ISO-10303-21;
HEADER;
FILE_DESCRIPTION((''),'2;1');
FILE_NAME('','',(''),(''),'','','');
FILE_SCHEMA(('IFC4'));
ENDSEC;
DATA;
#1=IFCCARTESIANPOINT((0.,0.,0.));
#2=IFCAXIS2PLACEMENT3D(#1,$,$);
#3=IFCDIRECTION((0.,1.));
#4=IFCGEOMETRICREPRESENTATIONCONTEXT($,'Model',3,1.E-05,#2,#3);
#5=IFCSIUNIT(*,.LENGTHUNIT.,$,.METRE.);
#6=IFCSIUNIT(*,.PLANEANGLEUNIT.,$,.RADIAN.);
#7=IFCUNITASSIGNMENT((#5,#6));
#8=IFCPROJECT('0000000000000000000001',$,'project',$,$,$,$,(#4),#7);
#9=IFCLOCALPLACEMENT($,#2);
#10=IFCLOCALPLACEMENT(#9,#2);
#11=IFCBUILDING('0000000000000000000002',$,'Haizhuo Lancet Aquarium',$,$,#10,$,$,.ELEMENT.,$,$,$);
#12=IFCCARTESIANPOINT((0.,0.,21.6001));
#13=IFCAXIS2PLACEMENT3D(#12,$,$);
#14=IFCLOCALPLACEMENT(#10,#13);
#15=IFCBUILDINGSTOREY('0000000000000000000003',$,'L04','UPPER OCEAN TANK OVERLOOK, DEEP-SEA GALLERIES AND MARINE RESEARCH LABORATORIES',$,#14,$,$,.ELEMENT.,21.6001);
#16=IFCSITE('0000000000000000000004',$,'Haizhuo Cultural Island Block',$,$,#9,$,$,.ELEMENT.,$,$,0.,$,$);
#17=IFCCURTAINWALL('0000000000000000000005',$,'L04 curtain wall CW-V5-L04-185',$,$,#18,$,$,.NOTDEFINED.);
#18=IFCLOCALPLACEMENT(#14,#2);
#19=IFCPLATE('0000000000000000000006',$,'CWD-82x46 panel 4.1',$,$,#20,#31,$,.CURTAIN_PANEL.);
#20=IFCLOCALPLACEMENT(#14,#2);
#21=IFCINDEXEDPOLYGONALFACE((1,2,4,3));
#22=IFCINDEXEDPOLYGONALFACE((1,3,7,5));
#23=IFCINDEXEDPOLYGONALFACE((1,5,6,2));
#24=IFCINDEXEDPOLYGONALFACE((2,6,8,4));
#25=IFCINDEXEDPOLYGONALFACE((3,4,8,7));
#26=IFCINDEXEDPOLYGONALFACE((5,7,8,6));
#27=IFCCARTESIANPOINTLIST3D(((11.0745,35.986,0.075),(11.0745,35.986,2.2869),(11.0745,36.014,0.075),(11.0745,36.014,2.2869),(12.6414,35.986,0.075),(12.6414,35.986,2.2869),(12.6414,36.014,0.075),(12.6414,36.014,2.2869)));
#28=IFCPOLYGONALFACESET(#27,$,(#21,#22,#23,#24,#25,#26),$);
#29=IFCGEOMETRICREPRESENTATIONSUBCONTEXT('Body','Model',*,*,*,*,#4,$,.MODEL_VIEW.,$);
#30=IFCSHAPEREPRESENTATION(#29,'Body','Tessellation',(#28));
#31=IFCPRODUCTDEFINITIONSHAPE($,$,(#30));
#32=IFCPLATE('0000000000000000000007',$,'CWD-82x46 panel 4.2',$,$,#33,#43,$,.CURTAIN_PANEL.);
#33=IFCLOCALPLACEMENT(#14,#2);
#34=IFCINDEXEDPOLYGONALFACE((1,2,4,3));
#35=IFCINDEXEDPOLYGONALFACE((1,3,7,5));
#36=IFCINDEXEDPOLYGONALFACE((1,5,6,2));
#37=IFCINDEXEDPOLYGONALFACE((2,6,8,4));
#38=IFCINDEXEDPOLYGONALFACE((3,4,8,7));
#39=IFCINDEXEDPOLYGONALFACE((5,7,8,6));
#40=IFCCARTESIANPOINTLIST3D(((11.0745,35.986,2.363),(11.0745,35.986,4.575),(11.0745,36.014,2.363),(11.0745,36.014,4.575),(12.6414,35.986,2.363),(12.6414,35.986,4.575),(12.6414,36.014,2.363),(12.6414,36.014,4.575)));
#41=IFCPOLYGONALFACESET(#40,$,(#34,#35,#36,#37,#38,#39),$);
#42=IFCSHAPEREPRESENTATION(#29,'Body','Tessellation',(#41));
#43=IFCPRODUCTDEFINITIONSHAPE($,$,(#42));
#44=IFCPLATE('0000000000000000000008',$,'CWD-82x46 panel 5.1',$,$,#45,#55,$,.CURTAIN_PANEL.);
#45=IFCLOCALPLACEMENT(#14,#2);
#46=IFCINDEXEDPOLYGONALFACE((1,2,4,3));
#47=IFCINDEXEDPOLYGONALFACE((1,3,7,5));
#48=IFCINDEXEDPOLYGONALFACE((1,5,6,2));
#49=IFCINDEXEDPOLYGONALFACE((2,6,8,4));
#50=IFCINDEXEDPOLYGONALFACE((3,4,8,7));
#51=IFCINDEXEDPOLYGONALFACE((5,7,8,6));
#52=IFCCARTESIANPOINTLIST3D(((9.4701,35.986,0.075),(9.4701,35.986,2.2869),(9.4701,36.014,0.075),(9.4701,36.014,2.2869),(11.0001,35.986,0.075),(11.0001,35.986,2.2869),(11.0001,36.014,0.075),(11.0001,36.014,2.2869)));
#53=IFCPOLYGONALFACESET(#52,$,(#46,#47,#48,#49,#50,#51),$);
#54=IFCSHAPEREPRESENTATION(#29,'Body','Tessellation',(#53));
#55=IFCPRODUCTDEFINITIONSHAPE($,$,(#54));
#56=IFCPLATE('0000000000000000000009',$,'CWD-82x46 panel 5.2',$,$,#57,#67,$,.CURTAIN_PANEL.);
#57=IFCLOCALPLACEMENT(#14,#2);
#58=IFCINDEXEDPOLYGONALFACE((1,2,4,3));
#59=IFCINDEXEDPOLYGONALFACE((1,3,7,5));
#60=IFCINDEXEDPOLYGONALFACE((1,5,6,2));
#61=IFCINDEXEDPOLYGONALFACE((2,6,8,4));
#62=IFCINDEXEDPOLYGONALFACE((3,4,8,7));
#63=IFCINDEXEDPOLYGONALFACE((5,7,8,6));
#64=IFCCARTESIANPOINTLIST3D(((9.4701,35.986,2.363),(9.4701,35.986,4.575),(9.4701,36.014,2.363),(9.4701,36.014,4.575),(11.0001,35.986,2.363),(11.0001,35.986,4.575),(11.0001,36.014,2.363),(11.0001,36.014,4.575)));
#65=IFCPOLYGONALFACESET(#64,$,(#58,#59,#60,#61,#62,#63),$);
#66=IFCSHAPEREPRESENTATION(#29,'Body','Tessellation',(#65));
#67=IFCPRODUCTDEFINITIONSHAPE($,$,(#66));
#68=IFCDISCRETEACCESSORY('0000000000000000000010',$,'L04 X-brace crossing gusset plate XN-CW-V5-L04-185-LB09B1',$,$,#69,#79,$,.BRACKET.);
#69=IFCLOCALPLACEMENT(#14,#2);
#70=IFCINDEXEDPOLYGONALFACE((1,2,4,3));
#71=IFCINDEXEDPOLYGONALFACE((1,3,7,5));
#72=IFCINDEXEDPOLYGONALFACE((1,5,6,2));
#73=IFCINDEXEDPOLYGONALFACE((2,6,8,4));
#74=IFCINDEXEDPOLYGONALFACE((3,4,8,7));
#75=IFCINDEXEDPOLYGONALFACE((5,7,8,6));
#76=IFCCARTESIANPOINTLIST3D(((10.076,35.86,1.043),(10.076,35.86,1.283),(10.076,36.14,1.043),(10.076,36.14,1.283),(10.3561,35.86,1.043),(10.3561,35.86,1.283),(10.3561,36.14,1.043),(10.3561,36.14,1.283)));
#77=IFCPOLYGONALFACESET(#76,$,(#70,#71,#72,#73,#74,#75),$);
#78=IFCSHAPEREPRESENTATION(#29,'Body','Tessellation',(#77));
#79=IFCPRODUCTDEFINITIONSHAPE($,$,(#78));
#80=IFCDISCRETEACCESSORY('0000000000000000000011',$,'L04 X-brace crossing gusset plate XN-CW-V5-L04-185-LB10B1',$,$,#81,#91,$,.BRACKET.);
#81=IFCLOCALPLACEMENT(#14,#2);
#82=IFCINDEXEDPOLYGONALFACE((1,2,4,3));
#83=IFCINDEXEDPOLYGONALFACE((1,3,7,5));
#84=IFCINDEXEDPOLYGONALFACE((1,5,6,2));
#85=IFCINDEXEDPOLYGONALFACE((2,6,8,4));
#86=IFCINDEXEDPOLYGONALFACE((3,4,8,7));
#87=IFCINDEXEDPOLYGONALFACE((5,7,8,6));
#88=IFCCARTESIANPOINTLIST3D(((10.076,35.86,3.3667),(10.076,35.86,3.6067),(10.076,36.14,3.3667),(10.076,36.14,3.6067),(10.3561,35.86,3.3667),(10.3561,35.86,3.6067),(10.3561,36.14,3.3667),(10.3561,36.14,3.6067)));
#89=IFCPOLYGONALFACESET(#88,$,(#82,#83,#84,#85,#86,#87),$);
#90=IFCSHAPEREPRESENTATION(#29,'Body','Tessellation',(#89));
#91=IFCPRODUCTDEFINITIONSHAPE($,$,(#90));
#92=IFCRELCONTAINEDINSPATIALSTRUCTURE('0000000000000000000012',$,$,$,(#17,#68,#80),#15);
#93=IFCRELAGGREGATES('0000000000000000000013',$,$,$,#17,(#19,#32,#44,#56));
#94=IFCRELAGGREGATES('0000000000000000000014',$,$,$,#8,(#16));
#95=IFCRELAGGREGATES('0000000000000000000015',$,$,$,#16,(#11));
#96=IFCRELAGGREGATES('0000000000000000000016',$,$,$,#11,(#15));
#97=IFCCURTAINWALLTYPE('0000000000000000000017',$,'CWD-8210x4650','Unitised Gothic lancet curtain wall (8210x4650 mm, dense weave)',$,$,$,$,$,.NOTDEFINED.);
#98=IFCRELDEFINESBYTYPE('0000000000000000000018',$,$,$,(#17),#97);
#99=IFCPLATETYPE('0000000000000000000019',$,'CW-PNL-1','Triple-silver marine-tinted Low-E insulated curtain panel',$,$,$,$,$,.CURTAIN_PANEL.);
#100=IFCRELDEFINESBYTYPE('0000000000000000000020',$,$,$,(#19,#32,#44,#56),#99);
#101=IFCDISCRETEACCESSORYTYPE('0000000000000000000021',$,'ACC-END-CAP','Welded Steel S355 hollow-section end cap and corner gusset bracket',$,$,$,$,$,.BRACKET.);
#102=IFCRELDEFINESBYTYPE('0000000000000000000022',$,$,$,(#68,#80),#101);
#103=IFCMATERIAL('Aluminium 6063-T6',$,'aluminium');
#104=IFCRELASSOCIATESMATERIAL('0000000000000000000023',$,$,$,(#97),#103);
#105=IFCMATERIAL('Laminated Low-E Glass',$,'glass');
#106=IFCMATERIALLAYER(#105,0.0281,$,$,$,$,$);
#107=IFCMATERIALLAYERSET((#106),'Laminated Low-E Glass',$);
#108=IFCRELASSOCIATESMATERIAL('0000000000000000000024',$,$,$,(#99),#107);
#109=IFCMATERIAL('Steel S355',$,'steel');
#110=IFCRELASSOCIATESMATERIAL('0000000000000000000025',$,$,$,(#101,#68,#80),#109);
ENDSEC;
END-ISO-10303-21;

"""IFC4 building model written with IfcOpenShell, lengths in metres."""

from ifc_helpers import new_model, si_unit, direction, frame, origin, origin_2d, place, context, subcontext, project, spatial, rectangle, extrude, material, layer, layer_set, type_object, element, aggregate, save


model = new_model("IFC4")

# Units and contexts
model_context = context("Model", 3, precision=1e-05, world=origin(), true_north=direction((0.0, 1.0)))
body_context = subcontext(model_context, "Body", "Model", "MODEL_VIEW")
ifc_project = project(units=[si_unit("LENGTHUNIT", "METRE"), si_unit("PLANEANGLEUNIT", "RADIAN")], contexts=[model_context])

# Site, building, storey
site_placement = place(None, origin())
site = spatial("IfcSite", under=ifc_project, at=site_placement, Name="Haizhuo Cultural Island Block", CompositionType="ELEMENT", RefElevation=0.0)
building_placement = place(site_placement, origin())
building = spatial("IfcBuilding", under=site, at=building_placement, Name="Haizhuo Lancet Aquarium", CompositionType="ELEMENT")
storey_placement = place(building_placement, frame((0.0, 0.0, 21.6001)))
storey = spatial("IfcBuildingStorey", under=building, at=storey_placement, Name="L04", Description="UPPER OCEAN TANK OVERLOOK, DEEP-SEA GALLERIES AND MARINE RESEARCH LABORATORIES", CompositionType="ELEMENT", Elevation=21.6001)

# Curtain wall
ifc_material_1 = material(Name="Aluminium 6063-T6", Category="aluminium")
curtain_wall_type = type_object("IfcCurtainWallType", Name="CWD-8210x4650", Description="Unitised Gothic lancet curtain wall (8210x4650 mm, dense weave)", PredefinedType="NOTDEFINED", material=ifc_material_1)
curtain_wall_1_placement = place(storey_placement, origin())
curtain_wall_1 = element("IfcCurtainWall", 1, at=curtain_wall_1_placement, inside=storey, type_object=curtain_wall_type, Name="L04 curtain wall CW-V5-L04-185", PredefinedType="NOTDEFINED")

# Shared definitions
ifc_material_2 = material(Name="Steel S355", Category="steel")

# Plates
ifc_material_3 = material(Name="Laminated Low-E Glass", Category="glass")
ifc_layer = layer(ifc_material_3, 0.0281)
ifc_layer_set = layer_set([ifc_layer], Name="Laminated Low-E Glass")
plate_type = type_object("IfcPlateType", Name="CW-PNL-1", Description="Triple-silver marine-tinted Low-E insulated curtain panel", PredefinedType="CURTAIN_PANEL", material=ifc_layer_set)
plate_1_placement = place(storey_placement, frame((11.8579, 36.0, 0.075), z_axis=(0.0, 0.0, 1.0), x_axis=(-1.0, 0.0, 0.0)))
plate_1 = element("IfcPlate", 2, at=plate_1_placement, type_object=plate_type, Name="CWD-82x46 panel 4.1", PredefinedType="CURTAIN_PANEL", context=body_context, shape_type="SweptSolid", body=[
    extrude(rectangle(XDim=1.5669, YDim=0.0281, at=origin_2d()), origin(), (0.0, 0.0, 1.0), 2.2119),
])
plate_2_placement = place(storey_placement, frame((11.8579, 36.0, 2.363), z_axis=(0.0, 0.0, 1.0), x_axis=(-1.0, 0.0, 0.0)))
plate_2 = element("IfcPlate", 3, at=plate_2_placement, type_object=plate_type, Name="CWD-82x46 panel 4.2", PredefinedType="CURTAIN_PANEL", context=body_context, shape_type="SweptSolid", body=[
    extrude(rectangle(XDim=1.5669, YDim=0.0281, at=origin_2d()), origin(), (0.0, 0.0, 1.0), 2.2119),
])
plate_3_placement = place(storey_placement, frame((10.2351, 36.0, 0.075), z_axis=(0.0, 0.0, 1.0), x_axis=(-1.0, 0.0, 0.0)))
plate_3 = element("IfcPlate", 4, at=plate_3_placement, type_object=plate_type, Name="CWD-82x46 panel 5.1", PredefinedType="CURTAIN_PANEL", context=body_context, shape_type="SweptSolid", body=[
    extrude(rectangle(XDim=1.53, YDim=0.0281, at=origin_2d()), origin(), (0.0, 0.0, 1.0), 2.2119),
])
plate_4_placement = place(storey_placement, frame((10.2351, 36.0, 2.363), z_axis=(0.0, 0.0, 1.0), x_axis=(-1.0, 0.0, 0.0)))
plate_4 = element("IfcPlate", 5, at=plate_4_placement, type_object=plate_type, Name="CWD-82x46 panel 5.2", PredefinedType="CURTAIN_PANEL", context=body_context, shape_type="SweptSolid", body=[
    extrude(rectangle(XDim=1.53, YDim=0.0281, at=origin_2d()), origin(), (0.0, 0.0, 1.0), 2.2119),
])
aggregate(curtain_wall_1, [plate_1, plate_2, plate_3, plate_4])

# Discrete accessories
discrete_accessory_type = type_object("IfcDiscreteAccessoryType", Name="ACC-END-CAP", Description="Welded Steel S355 hollow-section end cap and corner gusset bracket", PredefinedType="BRACKET", material=ifc_material_2)
for number, where, z_axis, x_axis, name in (
    (6, (10.2161, 36.0, 1.043), (0.0, 0.0, 1.0), (1.0, 0.0, 0.0), "L04 X-brace crossing gusset plate XN-CW-V5-L04-185-LB09B1"),
    (7, (10.2161, 36.0, 3.3667), (0.0, 0.0, 1.0), (1.0, 0.0, 0.0), "L04 X-brace crossing gusset plate XN-CW-V5-L04-185-LB10B1"),
):
    element("IfcDiscreteAccessory", number, at=place(storey_placement, frame(where, z_axis=z_axis, x_axis=x_axis)), inside=storey, type_object=discrete_accessory_type, material=ifc_material_2, Name=name, PredefinedType="BRACKET", context=body_context, shape_type="SweptSolid", body=[
        extrude(rectangle(XDim=0.28, YDim=0.28, at=origin_2d()), origin(), (0.0, 0.0, 1.0), 0.24),
    ])

save(model, "model.ifc")
